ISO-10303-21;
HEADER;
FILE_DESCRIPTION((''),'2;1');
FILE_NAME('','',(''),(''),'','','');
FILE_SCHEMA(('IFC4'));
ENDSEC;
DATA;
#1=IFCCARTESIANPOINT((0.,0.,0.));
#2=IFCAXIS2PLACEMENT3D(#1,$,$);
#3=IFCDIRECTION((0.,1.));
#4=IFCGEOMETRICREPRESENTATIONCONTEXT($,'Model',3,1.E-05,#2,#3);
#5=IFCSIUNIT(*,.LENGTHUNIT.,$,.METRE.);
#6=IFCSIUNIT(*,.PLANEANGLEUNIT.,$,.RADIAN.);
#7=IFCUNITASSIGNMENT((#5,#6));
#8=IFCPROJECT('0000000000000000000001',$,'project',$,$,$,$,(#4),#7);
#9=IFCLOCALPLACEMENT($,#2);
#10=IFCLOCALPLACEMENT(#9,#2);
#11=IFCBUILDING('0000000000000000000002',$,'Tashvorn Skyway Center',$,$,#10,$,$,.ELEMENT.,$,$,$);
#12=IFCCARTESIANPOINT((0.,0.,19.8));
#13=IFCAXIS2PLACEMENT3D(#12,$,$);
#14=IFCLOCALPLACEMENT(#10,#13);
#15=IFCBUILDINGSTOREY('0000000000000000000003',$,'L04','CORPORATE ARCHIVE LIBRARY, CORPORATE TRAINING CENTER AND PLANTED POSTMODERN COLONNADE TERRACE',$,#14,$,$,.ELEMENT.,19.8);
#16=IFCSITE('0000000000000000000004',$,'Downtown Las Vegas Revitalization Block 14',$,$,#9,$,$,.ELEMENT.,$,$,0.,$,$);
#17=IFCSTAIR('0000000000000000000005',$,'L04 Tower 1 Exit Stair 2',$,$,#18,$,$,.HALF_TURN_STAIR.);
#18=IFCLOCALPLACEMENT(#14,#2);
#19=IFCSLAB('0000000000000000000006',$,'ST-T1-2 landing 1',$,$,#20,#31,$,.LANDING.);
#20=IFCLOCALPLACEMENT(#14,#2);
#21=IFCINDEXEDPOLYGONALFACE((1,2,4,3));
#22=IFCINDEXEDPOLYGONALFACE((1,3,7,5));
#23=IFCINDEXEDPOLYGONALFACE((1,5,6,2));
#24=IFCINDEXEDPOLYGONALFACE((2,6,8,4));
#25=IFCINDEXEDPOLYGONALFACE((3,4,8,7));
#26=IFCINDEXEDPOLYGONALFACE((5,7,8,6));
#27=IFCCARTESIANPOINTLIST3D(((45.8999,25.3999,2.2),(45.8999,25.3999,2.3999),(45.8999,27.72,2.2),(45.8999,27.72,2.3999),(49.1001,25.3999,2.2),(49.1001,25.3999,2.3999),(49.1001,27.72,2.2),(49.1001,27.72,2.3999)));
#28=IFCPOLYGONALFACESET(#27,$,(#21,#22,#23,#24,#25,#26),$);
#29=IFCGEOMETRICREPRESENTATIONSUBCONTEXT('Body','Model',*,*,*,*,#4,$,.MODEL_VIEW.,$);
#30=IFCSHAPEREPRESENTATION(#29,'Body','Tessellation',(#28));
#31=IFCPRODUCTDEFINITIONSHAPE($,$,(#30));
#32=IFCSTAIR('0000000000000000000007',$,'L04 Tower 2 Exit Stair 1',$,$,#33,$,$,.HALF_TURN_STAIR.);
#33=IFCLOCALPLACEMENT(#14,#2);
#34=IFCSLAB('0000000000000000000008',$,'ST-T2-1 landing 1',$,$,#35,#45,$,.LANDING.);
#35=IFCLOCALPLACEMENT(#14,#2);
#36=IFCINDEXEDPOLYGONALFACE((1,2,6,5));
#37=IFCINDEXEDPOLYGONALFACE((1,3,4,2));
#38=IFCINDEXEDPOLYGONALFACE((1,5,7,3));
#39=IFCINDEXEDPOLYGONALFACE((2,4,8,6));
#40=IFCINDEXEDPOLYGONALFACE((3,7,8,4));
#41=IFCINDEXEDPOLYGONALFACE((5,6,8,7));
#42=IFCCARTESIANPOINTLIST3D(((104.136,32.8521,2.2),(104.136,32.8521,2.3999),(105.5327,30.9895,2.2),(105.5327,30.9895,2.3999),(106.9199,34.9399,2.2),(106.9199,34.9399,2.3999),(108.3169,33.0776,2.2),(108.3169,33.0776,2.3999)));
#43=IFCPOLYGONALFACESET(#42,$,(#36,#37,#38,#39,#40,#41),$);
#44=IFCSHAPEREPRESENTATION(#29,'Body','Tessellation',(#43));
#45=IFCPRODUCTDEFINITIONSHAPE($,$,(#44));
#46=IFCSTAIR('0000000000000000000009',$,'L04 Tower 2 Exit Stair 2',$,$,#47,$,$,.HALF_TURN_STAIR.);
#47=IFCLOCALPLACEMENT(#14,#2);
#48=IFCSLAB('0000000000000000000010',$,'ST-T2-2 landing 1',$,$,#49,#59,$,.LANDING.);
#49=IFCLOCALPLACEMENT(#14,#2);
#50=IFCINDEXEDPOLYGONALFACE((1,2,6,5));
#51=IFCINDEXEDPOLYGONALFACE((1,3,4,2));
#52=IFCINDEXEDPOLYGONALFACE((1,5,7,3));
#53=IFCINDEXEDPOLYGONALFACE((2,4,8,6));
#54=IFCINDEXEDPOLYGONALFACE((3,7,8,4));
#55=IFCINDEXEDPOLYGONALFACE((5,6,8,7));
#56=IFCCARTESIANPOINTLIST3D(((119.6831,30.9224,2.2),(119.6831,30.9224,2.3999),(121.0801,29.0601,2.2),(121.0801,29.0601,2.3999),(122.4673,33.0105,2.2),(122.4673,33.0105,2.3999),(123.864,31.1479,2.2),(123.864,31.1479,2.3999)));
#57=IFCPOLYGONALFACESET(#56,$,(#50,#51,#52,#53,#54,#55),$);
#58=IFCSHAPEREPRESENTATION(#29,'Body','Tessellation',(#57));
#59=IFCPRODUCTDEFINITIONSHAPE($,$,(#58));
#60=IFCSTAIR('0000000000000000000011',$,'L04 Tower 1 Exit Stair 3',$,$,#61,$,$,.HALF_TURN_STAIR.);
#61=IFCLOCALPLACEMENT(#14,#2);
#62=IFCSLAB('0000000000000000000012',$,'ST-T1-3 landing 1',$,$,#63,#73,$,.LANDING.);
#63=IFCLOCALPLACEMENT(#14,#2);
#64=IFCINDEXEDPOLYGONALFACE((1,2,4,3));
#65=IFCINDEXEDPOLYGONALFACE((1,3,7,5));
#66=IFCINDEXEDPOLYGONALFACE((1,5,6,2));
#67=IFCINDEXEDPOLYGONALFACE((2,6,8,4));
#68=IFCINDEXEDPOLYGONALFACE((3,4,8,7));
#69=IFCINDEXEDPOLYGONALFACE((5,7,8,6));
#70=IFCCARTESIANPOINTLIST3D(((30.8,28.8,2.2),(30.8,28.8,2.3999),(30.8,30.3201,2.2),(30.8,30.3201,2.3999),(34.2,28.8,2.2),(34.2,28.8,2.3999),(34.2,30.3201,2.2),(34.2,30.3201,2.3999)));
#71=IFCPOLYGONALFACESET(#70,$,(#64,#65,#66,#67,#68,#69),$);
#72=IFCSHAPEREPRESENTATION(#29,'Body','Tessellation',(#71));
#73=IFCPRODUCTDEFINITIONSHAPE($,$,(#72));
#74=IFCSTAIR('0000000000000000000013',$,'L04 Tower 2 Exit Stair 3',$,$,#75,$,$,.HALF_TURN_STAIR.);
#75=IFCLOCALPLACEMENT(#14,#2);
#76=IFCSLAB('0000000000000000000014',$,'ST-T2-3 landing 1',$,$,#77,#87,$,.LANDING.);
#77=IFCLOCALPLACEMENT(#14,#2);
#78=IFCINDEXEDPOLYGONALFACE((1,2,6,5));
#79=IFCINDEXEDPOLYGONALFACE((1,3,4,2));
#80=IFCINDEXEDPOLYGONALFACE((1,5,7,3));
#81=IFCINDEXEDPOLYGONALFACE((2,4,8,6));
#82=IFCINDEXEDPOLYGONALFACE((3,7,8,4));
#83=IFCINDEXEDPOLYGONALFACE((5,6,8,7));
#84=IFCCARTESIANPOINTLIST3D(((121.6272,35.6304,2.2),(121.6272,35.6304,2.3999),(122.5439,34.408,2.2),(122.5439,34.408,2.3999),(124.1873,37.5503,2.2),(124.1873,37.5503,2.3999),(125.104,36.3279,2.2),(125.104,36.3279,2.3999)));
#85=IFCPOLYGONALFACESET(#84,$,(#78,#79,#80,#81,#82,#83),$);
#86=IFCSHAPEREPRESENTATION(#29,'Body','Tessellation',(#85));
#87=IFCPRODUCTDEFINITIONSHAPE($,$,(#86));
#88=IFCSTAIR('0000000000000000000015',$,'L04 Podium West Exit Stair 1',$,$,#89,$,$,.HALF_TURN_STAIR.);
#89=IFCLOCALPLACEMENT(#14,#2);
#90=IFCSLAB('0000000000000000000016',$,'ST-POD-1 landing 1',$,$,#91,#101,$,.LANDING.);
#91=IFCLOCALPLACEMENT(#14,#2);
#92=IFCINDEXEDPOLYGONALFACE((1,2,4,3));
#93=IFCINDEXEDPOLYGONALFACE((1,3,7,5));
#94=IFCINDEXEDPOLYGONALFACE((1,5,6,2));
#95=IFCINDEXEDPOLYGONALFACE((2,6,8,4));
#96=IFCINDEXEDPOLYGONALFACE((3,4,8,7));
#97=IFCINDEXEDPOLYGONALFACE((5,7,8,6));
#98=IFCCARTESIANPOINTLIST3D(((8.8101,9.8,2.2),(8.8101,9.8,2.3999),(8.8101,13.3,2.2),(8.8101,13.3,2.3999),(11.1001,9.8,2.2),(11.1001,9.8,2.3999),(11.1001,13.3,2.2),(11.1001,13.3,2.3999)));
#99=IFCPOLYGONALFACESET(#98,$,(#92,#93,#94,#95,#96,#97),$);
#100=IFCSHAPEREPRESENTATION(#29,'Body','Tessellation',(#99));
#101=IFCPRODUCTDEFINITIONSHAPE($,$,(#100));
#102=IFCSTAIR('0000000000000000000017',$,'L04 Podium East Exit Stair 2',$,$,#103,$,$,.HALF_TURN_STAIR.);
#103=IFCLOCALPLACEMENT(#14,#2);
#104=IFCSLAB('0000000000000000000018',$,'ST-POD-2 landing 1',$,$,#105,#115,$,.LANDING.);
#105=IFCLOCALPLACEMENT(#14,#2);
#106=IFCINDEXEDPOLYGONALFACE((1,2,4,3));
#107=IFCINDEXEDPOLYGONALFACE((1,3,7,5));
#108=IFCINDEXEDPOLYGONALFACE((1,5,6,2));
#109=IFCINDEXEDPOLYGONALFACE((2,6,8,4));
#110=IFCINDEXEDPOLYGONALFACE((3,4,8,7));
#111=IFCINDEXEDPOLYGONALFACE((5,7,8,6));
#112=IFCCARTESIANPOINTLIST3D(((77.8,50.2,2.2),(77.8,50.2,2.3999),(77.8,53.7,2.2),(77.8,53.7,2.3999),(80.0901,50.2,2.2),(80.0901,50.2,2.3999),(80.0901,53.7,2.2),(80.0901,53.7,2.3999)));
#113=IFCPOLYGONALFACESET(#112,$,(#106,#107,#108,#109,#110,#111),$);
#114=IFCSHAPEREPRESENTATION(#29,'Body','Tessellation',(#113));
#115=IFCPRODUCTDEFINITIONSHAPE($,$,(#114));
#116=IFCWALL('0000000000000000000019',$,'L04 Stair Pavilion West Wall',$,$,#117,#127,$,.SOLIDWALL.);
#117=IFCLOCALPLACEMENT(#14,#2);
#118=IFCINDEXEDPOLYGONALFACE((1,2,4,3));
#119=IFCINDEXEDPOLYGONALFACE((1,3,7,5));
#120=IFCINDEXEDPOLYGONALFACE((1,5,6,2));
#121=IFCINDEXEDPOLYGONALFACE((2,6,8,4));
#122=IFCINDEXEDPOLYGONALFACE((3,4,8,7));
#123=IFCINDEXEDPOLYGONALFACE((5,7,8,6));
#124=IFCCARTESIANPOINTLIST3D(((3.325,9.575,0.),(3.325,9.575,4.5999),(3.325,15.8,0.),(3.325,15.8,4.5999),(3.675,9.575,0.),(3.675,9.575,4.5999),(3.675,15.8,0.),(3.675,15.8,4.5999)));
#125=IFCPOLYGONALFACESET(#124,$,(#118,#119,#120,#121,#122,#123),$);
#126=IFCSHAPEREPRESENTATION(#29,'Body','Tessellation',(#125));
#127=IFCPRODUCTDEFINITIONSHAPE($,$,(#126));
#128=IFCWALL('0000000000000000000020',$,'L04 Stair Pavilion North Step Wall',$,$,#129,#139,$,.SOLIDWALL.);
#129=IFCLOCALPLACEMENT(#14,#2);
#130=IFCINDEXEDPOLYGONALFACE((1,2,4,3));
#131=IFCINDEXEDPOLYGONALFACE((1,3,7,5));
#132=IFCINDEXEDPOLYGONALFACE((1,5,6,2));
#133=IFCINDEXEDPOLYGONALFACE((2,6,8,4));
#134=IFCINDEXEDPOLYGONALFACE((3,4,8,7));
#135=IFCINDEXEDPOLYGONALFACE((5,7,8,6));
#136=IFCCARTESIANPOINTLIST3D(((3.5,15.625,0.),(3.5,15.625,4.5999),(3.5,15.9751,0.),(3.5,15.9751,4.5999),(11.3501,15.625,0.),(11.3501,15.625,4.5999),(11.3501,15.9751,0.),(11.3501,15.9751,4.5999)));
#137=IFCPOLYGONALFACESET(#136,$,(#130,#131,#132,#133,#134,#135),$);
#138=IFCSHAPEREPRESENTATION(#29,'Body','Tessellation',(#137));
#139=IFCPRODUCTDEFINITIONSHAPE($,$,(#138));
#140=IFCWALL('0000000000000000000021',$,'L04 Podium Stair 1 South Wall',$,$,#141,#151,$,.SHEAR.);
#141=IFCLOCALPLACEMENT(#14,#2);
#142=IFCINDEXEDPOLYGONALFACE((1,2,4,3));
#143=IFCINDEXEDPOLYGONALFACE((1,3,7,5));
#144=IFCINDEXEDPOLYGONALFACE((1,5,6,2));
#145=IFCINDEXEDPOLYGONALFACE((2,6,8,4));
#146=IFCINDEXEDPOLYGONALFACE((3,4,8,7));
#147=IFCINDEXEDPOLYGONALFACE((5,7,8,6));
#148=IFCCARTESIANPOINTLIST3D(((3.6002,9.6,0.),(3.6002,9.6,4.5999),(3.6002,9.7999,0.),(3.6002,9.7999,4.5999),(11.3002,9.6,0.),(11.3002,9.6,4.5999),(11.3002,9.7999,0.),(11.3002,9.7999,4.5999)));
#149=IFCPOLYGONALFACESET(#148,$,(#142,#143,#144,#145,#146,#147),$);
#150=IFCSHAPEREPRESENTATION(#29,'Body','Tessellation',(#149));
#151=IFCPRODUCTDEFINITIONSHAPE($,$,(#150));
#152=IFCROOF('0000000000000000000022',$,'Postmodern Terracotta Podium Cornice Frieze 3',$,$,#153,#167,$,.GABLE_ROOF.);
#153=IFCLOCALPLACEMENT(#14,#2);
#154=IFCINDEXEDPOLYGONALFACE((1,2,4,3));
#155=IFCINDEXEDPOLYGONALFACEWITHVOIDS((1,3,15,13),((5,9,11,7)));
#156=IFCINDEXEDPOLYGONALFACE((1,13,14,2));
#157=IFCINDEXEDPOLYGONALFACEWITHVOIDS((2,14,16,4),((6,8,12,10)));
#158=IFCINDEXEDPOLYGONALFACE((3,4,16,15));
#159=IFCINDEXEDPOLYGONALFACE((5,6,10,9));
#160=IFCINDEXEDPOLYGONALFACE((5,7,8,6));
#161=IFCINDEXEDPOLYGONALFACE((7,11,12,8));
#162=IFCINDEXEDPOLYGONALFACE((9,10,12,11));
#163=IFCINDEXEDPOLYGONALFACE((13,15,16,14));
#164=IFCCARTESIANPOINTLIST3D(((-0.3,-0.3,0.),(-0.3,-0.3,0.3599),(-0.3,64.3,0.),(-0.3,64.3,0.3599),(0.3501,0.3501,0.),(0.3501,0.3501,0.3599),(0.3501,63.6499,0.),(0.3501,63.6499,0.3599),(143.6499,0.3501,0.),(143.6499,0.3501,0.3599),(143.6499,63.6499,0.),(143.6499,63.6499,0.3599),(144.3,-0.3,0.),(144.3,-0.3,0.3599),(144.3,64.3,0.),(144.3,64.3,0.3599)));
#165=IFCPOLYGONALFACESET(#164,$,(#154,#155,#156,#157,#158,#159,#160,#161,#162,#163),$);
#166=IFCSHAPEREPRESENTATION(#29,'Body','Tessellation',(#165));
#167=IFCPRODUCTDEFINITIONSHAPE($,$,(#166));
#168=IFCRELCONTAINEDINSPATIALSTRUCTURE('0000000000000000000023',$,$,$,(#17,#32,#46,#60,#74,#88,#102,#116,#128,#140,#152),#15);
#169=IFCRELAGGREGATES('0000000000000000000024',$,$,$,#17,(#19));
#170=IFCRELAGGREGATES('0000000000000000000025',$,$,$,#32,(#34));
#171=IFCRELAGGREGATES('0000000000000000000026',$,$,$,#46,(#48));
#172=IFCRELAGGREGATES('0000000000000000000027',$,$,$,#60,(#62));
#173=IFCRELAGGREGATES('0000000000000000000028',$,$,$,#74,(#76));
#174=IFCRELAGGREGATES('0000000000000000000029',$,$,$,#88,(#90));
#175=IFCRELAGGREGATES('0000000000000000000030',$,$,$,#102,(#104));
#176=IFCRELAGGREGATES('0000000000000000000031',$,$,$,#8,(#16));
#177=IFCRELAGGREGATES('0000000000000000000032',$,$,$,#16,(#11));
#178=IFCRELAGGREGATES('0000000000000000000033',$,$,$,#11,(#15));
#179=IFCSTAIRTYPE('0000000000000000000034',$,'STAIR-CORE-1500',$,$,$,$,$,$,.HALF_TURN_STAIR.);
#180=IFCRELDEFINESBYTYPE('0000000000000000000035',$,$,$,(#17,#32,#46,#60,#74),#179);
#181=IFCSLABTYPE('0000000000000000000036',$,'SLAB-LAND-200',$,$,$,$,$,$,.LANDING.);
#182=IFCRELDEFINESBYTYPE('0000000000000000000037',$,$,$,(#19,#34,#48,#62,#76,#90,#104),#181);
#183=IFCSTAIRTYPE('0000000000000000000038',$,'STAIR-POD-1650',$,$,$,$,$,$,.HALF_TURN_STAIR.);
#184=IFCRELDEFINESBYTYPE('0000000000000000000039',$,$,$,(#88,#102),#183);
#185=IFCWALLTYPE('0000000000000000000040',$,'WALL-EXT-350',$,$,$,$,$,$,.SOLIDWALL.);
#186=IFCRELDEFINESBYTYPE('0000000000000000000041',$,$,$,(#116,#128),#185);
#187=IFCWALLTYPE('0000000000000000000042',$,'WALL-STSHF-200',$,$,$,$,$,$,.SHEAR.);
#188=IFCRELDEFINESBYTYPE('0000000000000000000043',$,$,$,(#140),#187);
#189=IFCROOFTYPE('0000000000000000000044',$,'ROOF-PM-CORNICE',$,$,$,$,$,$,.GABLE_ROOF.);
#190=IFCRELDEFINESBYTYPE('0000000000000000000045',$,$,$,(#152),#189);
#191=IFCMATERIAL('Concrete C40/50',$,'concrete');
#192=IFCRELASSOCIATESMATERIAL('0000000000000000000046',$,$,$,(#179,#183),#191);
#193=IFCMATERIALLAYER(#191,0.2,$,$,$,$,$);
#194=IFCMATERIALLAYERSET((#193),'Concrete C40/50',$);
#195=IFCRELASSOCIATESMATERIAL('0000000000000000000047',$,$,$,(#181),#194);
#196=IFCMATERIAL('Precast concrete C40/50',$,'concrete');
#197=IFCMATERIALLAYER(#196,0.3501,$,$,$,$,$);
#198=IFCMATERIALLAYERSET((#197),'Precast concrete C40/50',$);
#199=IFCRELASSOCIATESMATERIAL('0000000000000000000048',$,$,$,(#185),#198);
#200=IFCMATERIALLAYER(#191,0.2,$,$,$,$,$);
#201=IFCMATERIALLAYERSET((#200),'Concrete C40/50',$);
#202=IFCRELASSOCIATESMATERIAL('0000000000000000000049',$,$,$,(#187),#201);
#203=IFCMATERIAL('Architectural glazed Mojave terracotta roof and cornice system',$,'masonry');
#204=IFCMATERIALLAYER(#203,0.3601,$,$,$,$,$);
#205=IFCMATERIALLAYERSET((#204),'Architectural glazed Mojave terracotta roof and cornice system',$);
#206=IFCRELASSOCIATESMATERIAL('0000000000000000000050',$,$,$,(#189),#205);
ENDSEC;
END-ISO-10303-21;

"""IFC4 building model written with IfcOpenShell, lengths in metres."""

from ifc_helpers import new_model, si_unit, direction, frame, frame_2d, origin, place, context, subcontext, project, spatial, polyline, rectangle, outline, extrude, material, layer, layer_set, type_object, element, aggregate, save


model = new_model("IFC4")

# Units and contexts
model_context = context("Model", 3, precision=1e-05, world=origin(), true_north=direction((0.0, 1.0)))
body_context = subcontext(model_context, "Body", "Model", "MODEL_VIEW")
ifc_project = project(units=[si_unit("LENGTHUNIT", "METRE"), si_unit("PLANEANGLEUNIT", "RADIAN")], contexts=[model_context])

# Site, building, storey
site_placement = place(None, origin())
site = spatial("IfcSite", under=ifc_project, at=site_placement, Name="Downtown Las Vegas Revitalization Block 14", CompositionType="ELEMENT", RefElevation=0.0)
building_placement = place(site_placement, origin())
building = spatial("IfcBuilding", under=site, at=building_placement, Name="Tashvorn Skyway Center", CompositionType="ELEMENT")
storey_placement = place(building_placement, frame((0.0, 0.0, 19.8)))
storey = spatial("IfcBuildingStorey", under=building, at=storey_placement, Name="L04", Description="CORPORATE ARCHIVE LIBRARY, CORPORATE TRAINING CENTER AND PLANTED POSTMODERN COLONNADE TERRACE", CompositionType="ELEMENT", Elevation=19.8)

# Stairs, slabs
ifc_material_1 = material(Name="Concrete C40/50", Category="concrete")
stair_type_1 = type_object("IfcStairType", Name="STAIR-CORE-1500", PredefinedType="HALF_TURN_STAIR", material=ifc_material_1)
ifc_layer_1 = layer(ifc_material_1, 0.2)
ifc_layer_set_1 = layer_set([ifc_layer_1], Name="Concrete C40/50")
slab_type_1 = type_object("IfcSlabType", Name="SLAB-LAND-200", PredefinedType="LANDING", material=ifc_layer_set_1)
stair_1_placement = place(storey_placement, origin())
stair_1 = element("IfcStair", 1, at=stair_1_placement, inside=storey, type_object=stair_type_1, Name="L04 Tower 1 Exit Stair 2", PredefinedType="HALF_TURN_STAIR")
slab_1_placement = place(storey_placement, frame((0.0, 0.0, 2.2)))
slab_1 = element("IfcSlab", 2, at=slab_1_placement, type_object=slab_type_1, Name="ST-T1-2 landing 1", PredefinedType="LANDING", context=body_context, shape_type="SweptSolid", body=[
    extrude(outline(polyline([(45.8999, 27.72), (45.8999, 25.3999), (49.1001, 25.3999), (49.1001, 27.72), (45.8999, 27.72)])), origin(), (0.0, 0.0, 1.0), 0.2),
])
aggregate(stair_1, [slab_1])
stair_2_placement = place(storey_placement, origin())
stair_2 = element("IfcStair", 3, at=stair_2_placement, inside=storey, type_object=stair_type_1, Name="L04 Tower 2 Exit Stair 1", PredefinedType="HALF_TURN_STAIR")
slab_2_placement = place(storey_placement, frame((0.0, 0.0, 2.2)))
slab_2 = element("IfcSlab", 4, at=slab_2_placement, type_object=slab_type_1, Name="ST-T2-1 landing 1", PredefinedType="LANDING", context=body_context, shape_type="SweptSolid", body=[
    extrude(outline(polyline([(108.3169, 33.0776), (106.9199, 34.9399), (104.136, 32.8521), (105.5327, 30.9895), (108.3169, 33.0776)])), origin(), (0.0, 0.0, 1.0), 0.2),
])
aggregate(stair_2, [slab_2])
stair_3_placement = place(storey_placement, origin())
stair_3 = element("IfcStair", 5, at=stair_3_placement, inside=storey, type_object=stair_type_1, Name="L04 Tower 2 Exit Stair 2", PredefinedType="HALF_TURN_STAIR")
slab_3_placement = place(storey_placement, frame((0.0, 0.0, 2.2)))
slab_3 = element("IfcSlab", 6, at=slab_3_placement, type_object=slab_type_1, Name="ST-T2-2 landing 1", PredefinedType="LANDING", context=body_context, shape_type="SweptSolid", body=[
    extrude(outline(polyline([(119.6831, 30.9224), (121.0801, 29.0601), (123.864, 31.1479), (122.4673, 33.0105), (119.6831, 30.9224)])), origin(), (0.0, 0.0, 1.0), 0.2),
])
aggregate(stair_3, [slab_3])
stair_4_placement = place(storey_placement, origin())
stair_4 = element("IfcStair", 7, at=stair_4_placement, inside=storey, type_object=stair_type_1, Name="L04 Tower 1 Exit Stair 3", PredefinedType="HALF_TURN_STAIR")
slab_4_placement = place(storey_placement, frame((0.0, 0.0, 2.2)))
slab_4 = element("IfcSlab", 8, at=slab_4_placement, type_object=slab_type_1, Name="ST-T1-3 landing 1", PredefinedType="LANDING", context=body_context, shape_type="SweptSolid", body=[
    extrude(outline(polyline([(30.8, 30.3201), (30.8, 28.8), (34.2, 28.8), (34.2, 30.3201), (30.8, 30.3201)])), origin(), (0.0, 0.0, 1.0), 0.2),
])
aggregate(stair_4, [slab_4])
stair_5_placement = place(storey_placement, origin())
stair_5 = element("IfcStair", 9, at=stair_5_placement, inside=storey, type_object=stair_type_1, Name="L04 Tower 2 Exit Stair 3", PredefinedType="HALF_TURN_STAIR")
slab_5_placement = place(storey_placement, frame((0.0, 0.0, 2.2)))
slab_5 = element("IfcSlab", 10, at=slab_5_placement, type_object=slab_type_1, Name="ST-T2-3 landing 1", PredefinedType="LANDING", context=body_context, shape_type="SweptSolid", body=[
    extrude(outline(polyline([(121.6272, 35.6304), (122.5439, 34.408), (125.104, 36.3279), (124.1873, 37.5503), (121.6272, 35.6304)])), origin(), (0.0, 0.0, 1.0), 0.2),
])
aggregate(stair_5, [slab_5])
stair_type_2 = type_object("IfcStairType", Name="STAIR-POD-1650", PredefinedType="HALF_TURN_STAIR", material=ifc_material_1)
stair_6_placement = place(storey_placement, origin())
stair_6 = element("IfcStair", 11, at=stair_6_placement, inside=storey, type_object=stair_type_2, Name="L04 Podium West Exit Stair 1", PredefinedType="HALF_TURN_STAIR")
slab_6_placement = place(storey_placement, frame((0.0, 0.0, 2.2)))
slab_6 = element("IfcSlab", 12, at=slab_6_placement, type_object=slab_type_1, Name="ST-POD-1 landing 1", PredefinedType="LANDING", context=body_context, shape_type="SweptSolid", body=[
    extrude(outline(polyline([(8.8101, 9.8), (11.1001, 9.8), (11.1001, 13.3), (8.8101, 13.3), (8.8101, 9.8)])), origin(), (0.0, 0.0, 1.0), 0.2),
])
aggregate(stair_6, [slab_6])
stair_7_placement = place(storey_placement, origin())
stair_7 = element("IfcStair", 13, at=stair_7_placement, inside=storey, type_object=stair_type_2, Name="L04 Podium East Exit Stair 2", PredefinedType="HALF_TURN_STAIR")
slab_7_placement = place(storey_placement, frame((0.0, 0.0, 2.2)))
slab_7 = element("IfcSlab", 14, at=slab_7_placement, type_object=slab_type_1, Name="ST-POD-2 landing 1", PredefinedType="LANDING", context=body_context, shape_type="SweptSolid", body=[
    extrude(outline(polyline([(80.0901, 53.7), (77.8, 53.7), (77.8, 50.2), (80.0901, 50.2), (80.0901, 53.7)])), origin(), (0.0, 0.0, 1.0), 0.2),
])
aggregate(stair_7, [slab_7])

# Walls
ifc_material_2 = material(Name="Precast concrete C40/50", Category="concrete")
ifc_layer_2 = layer(ifc_material_2, 0.3501)
ifc_layer_set_2 = layer_set([ifc_layer_2], Name="Precast concrete C40/50")
wall_type_1 = type_object("IfcWallType", Name="WALL-EXT-350", PredefinedType="SOLIDWALL", material=ifc_layer_set_2)
wall_1_placement = place(storey_placement, frame((3.5, 9.575, 0.0), z_axis=(0.0, 0.0, 1.0), x_axis=(0.0, 1.0, 0.0)))
element("IfcWall", 15, at=wall_1_placement, inside=storey, type_object=wall_type_1, Name="L04 Stair Pavilion West Wall", PredefinedType="SOLIDWALL", context=body_context, shape_type="SweptSolid", body=[
    extrude(rectangle(XDim=6.2251, YDim=0.3501, at=frame_2d((3.1125, 0.0))), origin(), (0.0, 0.0, 1.0), 4.5999),
])
wall_2_placement = place(storey_placement, frame((3.5, 15.8, 0.0), z_axis=(0.0, 0.0, 1.0), x_axis=(1.0, 0.0, 0.0)))
element("IfcWall", 16, at=wall_2_placement, inside=storey, type_object=wall_type_1, Name="L04 Stair Pavilion North Step Wall", PredefinedType="SOLIDWALL", context=body_context, shape_type="SweptSolid", body=[
    extrude(rectangle(XDim=7.8501, YDim=0.3501, at=frame_2d((3.925, 0.0))), origin(), (0.0, 0.0, 1.0), 4.5999),
])
ifc_layer_3 = layer(ifc_material_1, 0.2)
ifc_layer_set_3 = layer_set([ifc_layer_3], Name="Concrete C40/50")
wall_type_2 = type_object("IfcWallType", Name="WALL-STSHF-200", PredefinedType="SHEAR", material=ifc_layer_set_3)
wall_3_placement = place(storey_placement, frame((3.6001, 9.7, 0.0), z_axis=(0.0, 0.0, 1.0), x_axis=(1.0, 0.0, 0.0)))
element("IfcWall", 17, at=wall_3_placement, inside=storey, type_object=wall_type_2, Name="L04 Podium Stair 1 South Wall", PredefinedType="SHEAR", context=body_context, shape_type="SweptSolid", body=[
    extrude(rectangle(XDim=7.7, YDim=0.2, at=frame_2d((3.8501, 0.0))), origin(), (0.0, 0.0, 1.0), 4.5999),
])

# Roof
ifc_material_3 = material(Name="Architectural glazed Mojave terracotta roof and cornice system", Category="masonry")
ifc_layer_4 = layer(ifc_material_3, 0.3601)
ifc_layer_set_4 = layer_set([ifc_layer_4], Name="Architectural glazed Mojave terracotta roof and cornice system")
roof_type = type_object("IfcRoofType", Name="ROOF-PM-CORNICE", PredefinedType="GABLE_ROOF", material=ifc_layer_set_4)
roof_placement = place(storey_placement, origin())
element("IfcRoof", 18, at=roof_placement, inside=storey, type_object=roof_type, Name="Postmodern Terracotta Podium Cornice Frieze 3", PredefinedType="GABLE_ROOF", context=body_context, shape_type="SweptSolid", body=[
    extrude(outline(polyline([(-0.3, -0.3), (144.3, -0.3), (144.3, 64.3), (-0.3, 64.3), (-0.3, -0.3)]), holes=[polyline([(0.3501, 0.3501), (143.6499, 0.3501), (143.6499, 63.6499), (0.3501, 63.6499), (0.3501, 0.3501)])]), origin(), (0.0, 0.0, 1.0), 0.3599),
])

save(model, "model.ifc")
